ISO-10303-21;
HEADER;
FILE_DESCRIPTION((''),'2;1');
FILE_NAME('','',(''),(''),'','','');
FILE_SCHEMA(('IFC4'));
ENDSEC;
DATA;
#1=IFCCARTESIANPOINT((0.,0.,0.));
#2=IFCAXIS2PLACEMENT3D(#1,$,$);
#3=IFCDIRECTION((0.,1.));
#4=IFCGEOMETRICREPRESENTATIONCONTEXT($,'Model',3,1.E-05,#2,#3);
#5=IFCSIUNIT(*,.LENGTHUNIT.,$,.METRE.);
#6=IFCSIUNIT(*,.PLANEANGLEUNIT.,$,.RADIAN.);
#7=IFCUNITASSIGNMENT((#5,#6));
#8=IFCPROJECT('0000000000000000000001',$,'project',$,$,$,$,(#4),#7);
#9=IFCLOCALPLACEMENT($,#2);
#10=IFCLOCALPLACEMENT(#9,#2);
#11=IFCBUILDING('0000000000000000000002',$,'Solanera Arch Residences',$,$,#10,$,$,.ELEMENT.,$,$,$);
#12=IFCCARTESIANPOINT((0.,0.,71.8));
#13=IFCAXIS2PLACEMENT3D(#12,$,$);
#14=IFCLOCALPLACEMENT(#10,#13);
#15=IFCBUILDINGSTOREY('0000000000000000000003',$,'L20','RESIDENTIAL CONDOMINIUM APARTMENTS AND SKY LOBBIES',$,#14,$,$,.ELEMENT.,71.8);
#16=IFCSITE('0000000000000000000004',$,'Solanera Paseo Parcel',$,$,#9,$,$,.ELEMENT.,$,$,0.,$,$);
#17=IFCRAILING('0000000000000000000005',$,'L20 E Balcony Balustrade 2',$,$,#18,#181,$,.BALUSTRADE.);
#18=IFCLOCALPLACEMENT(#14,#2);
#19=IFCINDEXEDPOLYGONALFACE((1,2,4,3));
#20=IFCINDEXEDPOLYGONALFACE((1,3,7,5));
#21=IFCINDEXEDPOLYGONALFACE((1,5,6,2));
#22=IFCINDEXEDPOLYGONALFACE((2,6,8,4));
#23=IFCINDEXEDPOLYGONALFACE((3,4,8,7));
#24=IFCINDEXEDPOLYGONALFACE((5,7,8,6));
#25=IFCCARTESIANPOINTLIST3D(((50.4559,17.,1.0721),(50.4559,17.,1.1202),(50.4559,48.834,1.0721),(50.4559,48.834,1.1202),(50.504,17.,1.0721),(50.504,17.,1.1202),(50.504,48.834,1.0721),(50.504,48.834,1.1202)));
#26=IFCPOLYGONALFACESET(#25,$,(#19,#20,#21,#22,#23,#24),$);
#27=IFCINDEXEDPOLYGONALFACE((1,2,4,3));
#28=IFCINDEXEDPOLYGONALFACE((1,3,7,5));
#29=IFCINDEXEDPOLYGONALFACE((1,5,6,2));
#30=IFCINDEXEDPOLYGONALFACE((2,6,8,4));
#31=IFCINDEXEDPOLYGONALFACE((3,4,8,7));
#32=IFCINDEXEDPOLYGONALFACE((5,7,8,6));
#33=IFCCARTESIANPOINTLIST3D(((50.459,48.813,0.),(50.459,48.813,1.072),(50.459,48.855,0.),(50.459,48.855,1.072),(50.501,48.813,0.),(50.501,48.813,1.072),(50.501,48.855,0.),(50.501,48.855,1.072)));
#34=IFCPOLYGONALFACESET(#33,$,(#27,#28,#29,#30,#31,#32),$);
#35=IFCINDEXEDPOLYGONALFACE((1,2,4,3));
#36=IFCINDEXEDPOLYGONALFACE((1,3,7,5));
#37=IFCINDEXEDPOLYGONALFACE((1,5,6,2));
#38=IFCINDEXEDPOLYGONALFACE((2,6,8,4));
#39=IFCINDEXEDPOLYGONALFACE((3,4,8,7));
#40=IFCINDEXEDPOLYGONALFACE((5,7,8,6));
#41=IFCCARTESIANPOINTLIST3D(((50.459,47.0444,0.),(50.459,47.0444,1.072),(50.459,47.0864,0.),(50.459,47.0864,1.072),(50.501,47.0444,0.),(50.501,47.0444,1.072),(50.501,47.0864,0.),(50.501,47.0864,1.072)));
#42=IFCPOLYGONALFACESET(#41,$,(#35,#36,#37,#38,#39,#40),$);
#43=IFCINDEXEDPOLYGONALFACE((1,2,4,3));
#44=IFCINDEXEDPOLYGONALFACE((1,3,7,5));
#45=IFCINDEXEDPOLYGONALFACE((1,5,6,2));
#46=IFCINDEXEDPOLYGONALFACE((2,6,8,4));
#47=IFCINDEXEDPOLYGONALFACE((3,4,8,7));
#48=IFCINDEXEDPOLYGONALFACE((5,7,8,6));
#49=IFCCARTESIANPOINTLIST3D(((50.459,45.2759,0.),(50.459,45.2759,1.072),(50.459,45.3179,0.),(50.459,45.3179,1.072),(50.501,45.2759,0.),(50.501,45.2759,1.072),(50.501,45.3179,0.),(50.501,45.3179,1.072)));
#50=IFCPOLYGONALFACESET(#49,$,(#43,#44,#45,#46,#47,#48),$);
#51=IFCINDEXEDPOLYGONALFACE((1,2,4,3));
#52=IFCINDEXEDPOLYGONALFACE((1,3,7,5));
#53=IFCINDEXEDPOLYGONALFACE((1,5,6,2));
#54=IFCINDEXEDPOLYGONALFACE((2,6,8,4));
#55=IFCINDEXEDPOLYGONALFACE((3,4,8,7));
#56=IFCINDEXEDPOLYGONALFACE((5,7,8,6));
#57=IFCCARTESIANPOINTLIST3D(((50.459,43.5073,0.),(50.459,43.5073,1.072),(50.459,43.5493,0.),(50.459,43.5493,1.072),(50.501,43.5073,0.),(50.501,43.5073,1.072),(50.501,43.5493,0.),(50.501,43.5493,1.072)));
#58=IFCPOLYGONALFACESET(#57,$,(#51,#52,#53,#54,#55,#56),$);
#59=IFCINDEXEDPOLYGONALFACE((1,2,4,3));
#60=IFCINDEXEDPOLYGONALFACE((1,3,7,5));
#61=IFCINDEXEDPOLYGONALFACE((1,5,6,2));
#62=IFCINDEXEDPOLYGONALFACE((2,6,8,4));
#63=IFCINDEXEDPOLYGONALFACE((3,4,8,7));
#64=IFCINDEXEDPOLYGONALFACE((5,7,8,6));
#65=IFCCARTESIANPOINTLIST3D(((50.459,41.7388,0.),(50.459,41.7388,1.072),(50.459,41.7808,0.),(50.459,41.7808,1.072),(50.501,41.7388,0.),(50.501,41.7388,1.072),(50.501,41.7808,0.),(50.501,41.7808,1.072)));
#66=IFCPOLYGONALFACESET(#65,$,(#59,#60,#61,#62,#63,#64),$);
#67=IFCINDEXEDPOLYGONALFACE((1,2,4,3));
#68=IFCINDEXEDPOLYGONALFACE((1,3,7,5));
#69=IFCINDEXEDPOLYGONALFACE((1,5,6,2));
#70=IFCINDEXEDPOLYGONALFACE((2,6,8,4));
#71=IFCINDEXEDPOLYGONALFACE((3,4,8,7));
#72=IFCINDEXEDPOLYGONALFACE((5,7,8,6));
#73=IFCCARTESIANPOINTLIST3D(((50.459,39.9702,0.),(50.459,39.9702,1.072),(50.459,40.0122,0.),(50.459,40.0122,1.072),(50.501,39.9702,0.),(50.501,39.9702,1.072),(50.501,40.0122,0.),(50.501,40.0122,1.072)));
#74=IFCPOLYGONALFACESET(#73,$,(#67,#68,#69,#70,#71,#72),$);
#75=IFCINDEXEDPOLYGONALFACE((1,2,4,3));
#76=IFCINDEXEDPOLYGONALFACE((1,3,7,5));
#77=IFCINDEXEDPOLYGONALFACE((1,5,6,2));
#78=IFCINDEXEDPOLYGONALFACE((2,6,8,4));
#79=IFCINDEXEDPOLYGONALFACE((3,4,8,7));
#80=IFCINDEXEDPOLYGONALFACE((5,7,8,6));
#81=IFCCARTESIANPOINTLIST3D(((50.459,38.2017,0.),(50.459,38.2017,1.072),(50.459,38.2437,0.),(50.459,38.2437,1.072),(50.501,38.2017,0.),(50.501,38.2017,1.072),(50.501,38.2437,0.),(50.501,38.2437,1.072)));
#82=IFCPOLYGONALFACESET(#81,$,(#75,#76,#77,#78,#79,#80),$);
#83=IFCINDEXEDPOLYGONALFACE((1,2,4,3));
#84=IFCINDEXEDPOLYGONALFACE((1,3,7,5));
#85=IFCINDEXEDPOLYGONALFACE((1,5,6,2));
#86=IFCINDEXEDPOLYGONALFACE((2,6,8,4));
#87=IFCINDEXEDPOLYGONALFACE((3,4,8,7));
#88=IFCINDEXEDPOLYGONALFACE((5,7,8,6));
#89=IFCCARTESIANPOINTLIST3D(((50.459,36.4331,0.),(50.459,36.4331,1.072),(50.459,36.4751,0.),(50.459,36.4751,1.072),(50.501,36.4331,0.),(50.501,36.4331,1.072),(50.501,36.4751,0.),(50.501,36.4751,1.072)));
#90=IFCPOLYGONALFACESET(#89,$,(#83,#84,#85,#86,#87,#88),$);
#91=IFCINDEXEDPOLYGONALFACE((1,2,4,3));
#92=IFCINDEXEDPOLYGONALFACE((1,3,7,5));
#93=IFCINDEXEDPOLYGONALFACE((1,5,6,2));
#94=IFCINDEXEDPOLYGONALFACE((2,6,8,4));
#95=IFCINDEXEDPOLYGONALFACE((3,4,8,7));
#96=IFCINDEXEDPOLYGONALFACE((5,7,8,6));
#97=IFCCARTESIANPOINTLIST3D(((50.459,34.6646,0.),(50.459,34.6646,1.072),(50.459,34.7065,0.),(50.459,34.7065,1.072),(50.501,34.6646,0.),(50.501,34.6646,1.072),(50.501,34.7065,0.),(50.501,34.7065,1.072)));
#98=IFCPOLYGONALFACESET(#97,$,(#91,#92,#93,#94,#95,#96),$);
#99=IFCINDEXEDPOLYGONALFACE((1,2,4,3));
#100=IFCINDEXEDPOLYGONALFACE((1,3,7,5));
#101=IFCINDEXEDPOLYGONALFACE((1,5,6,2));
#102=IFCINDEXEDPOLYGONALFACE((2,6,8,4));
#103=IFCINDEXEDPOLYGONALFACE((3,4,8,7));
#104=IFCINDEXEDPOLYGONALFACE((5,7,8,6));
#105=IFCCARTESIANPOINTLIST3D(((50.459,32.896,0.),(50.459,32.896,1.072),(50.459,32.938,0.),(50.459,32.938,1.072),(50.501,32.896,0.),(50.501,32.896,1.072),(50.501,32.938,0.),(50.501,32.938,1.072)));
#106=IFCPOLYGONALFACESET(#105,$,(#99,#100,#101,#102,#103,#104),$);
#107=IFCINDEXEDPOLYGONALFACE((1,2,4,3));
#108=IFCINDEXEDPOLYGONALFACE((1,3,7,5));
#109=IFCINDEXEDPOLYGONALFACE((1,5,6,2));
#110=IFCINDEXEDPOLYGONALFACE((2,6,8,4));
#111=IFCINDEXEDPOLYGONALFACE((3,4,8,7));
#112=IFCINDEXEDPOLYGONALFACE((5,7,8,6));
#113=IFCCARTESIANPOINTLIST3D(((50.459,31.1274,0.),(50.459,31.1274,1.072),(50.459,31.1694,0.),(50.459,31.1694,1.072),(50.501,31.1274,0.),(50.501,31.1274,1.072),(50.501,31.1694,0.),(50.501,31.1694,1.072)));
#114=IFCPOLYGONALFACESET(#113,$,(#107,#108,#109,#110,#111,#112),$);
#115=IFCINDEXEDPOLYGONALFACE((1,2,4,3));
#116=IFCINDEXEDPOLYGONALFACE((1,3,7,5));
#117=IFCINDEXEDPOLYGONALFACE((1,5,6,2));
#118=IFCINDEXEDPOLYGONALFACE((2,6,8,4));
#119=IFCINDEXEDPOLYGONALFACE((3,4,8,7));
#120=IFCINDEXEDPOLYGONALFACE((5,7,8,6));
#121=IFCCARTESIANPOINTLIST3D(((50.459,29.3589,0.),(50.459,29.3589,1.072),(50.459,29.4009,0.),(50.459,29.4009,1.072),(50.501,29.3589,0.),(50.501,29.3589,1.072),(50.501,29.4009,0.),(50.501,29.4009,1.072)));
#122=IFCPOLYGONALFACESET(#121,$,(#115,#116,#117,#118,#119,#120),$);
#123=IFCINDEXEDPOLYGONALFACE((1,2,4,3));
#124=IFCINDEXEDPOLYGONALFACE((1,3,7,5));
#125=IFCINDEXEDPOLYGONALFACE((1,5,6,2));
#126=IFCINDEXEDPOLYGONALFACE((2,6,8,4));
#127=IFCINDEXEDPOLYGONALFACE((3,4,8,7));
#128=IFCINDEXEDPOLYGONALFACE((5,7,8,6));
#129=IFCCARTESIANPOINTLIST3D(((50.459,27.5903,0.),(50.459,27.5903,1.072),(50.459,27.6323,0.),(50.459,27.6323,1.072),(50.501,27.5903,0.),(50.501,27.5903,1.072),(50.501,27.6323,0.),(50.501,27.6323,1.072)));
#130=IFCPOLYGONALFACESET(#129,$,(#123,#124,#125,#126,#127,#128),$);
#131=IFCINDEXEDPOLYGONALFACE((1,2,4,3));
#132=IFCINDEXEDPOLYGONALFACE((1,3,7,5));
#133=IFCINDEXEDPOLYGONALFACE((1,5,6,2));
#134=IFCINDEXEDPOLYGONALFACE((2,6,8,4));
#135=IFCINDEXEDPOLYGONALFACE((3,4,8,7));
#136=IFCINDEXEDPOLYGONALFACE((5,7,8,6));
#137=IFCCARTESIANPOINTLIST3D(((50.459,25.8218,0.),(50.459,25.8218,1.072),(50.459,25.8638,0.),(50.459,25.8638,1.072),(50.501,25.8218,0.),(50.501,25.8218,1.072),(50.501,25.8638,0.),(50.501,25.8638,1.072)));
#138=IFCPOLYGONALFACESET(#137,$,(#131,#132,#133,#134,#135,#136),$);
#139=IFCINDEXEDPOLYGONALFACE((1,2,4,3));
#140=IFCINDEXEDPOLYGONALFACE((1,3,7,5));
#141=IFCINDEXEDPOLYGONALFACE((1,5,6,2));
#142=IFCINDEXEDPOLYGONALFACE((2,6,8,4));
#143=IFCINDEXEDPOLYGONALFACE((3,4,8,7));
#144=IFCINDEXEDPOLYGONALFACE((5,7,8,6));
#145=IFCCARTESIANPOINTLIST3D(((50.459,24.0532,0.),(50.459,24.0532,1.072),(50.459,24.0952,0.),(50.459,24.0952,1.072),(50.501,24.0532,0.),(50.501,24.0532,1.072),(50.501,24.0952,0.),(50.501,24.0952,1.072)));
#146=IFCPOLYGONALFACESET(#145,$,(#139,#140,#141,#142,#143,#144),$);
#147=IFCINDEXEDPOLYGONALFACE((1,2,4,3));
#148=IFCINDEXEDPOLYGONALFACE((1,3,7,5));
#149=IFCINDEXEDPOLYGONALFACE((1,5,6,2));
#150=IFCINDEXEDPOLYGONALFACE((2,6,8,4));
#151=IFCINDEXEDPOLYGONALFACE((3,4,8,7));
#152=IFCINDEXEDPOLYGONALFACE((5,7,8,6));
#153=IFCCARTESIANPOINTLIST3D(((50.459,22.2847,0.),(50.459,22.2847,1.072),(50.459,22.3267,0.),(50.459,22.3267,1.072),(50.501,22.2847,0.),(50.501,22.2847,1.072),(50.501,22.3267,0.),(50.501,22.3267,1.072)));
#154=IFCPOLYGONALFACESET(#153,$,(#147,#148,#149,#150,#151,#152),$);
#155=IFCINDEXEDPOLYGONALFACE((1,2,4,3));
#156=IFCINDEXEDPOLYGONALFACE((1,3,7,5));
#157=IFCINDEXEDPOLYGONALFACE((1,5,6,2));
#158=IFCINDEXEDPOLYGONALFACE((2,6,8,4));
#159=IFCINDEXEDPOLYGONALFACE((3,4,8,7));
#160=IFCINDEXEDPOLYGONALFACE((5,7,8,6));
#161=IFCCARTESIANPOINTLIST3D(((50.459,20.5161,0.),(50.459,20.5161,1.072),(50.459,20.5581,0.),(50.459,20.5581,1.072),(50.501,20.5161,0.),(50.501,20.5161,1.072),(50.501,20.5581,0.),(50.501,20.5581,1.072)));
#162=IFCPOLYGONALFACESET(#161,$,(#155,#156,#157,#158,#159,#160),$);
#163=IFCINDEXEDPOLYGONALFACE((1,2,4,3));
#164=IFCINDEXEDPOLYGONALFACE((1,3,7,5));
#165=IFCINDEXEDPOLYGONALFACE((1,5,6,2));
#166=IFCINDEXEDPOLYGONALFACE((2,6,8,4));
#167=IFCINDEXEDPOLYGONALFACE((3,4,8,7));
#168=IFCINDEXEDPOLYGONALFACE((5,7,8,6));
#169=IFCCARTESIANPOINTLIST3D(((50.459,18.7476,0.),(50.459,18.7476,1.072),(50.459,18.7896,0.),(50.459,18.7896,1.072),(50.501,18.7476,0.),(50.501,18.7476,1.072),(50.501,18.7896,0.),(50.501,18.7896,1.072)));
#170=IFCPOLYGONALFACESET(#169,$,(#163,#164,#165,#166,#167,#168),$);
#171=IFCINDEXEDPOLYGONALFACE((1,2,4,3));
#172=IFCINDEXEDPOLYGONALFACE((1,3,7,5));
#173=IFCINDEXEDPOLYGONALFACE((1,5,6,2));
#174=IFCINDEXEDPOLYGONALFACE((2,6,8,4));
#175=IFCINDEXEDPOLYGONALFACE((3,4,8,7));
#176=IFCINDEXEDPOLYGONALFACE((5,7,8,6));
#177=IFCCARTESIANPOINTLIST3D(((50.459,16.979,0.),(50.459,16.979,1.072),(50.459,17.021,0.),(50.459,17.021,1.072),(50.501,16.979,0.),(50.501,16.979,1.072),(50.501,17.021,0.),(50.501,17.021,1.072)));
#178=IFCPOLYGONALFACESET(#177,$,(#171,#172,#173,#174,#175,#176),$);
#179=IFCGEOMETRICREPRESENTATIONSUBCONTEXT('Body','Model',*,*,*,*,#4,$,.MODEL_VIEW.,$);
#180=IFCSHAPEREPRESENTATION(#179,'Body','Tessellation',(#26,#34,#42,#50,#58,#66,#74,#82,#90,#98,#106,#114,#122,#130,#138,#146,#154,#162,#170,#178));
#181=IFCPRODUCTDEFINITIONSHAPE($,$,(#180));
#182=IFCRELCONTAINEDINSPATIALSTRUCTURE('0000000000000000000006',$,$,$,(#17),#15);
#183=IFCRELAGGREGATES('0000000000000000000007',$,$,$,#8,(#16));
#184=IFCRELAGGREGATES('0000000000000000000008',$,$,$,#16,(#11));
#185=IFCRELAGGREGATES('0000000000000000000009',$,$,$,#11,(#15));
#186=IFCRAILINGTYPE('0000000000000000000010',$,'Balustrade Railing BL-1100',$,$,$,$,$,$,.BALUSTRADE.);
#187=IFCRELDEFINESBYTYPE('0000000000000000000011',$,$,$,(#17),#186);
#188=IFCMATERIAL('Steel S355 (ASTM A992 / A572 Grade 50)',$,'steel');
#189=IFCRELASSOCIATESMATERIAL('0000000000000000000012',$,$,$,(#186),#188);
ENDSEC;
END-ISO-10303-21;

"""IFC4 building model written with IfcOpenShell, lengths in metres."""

from ifc_helpers import new_model, si_unit, direction, frame, origin, origin_2d, place, context, subcontext, project, spatial, rectangle, extrude, material, type_object, element, save


model = new_model("IFC4")

# Units and contexts
model_context = context("Model", 3, precision=1e-05, world=origin(), true_north=direction((0.0, 1.0)))
body_context = subcontext(model_context, "Body", "Model", "MODEL_VIEW")
ifc_project = project(units=[si_unit("LENGTHUNIT", "METRE"), si_unit("PLANEANGLEUNIT", "RADIAN")], contexts=[model_context])

# Site, building, storey
site_placement = place(None, origin())
site = spatial("IfcSite", under=ifc_project, at=site_placement, Name="Solanera Paseo Parcel", CompositionType="ELEMENT", RefElevation=0.0)
building_placement = place(site_placement, origin())
building = spatial("IfcBuilding", under=site, at=building_placement, Name="Solanera Arch Residences", CompositionType="ELEMENT")
storey_placement = place(building_placement, frame((0.0, 0.0, 71.8)))
storey = spatial("IfcBuildingStorey", under=building, at=storey_placement, Name="L20", Description="RESIDENTIAL CONDOMINIUM APARTMENTS AND SKY LOBBIES", CompositionType="ELEMENT", Elevation=71.8)

# Railing
ifc_material_1 = material(Name="Steel S355 (ASTM A992 / A572 Grade 50)", Category="steel")
railing_type = type_object("IfcRailingType", Name="Balustrade Railing BL-1100", PredefinedType="BALUSTRADE", material=ifc_material_1)
railing_1_placement = place(storey_placement, frame((50.48, 48.834, 0.0)))
element("IfcRailing", 1, at=railing_1_placement, inside=storey, type_object=railing_type, Name="L20 E Balcony Balustrade 2", PredefinedType="BALUSTRADE", context=body_context, shape_type="SweptSolid", body=[
    extrude(rectangle(XDim=0.0481, YDim=0.0481, at=origin_2d()), frame((0.0, 0.0, 1.0962), z_axis=(0.0, -1.0, 0.0), x_axis=(1.0, 0.0, 0.0)), (0.0, 0.0, 1.0), 31.834),
    extrude(rectangle(XDim=0.042, YDim=0.042, at=origin_2d()), origin(), (0.0, 0.0, 1.0), 1.072),
    extrude(rectangle(XDim=0.042, YDim=0.042, at=origin_2d()), frame((0.0, -1.7686, 0.0)), (0.0, 0.0, 1.0), 1.072),
    extrude(rectangle(XDim=0.042, YDim=0.042, at=origin_2d()), frame((0.0, -3.5371, 0.0)), (0.0, 0.0, 1.0), 1.072),
    extrude(rectangle(XDim=0.042, YDim=0.042, at=origin_2d()), frame((0.0, -5.3057, 0.0)), (0.0, 0.0, 1.0), 1.072),
    extrude(rectangle(XDim=0.042, YDim=0.042, at=origin_2d()), frame((0.0, -7.0742, 0.0)), (0.0, 0.0, 1.0), 1.072),
    extrude(rectangle(XDim=0.042, YDim=0.042, at=origin_2d()), frame((0.0, -8.8428, 0.0)), (0.0, 0.0, 1.0), 1.072),
    extrude(rectangle(XDim=0.042, YDim=0.042, at=origin_2d()), frame((0.0, -10.6113, 0.0)), (0.0, 0.0, 1.0), 1.072),
    extrude(rectangle(XDim=0.042, YDim=0.042, at=origin_2d()), frame((0.0, -12.3799, 0.0)), (0.0, 0.0, 1.0), 1.072),
    extrude(rectangle(XDim=0.042, YDim=0.042, at=origin_2d()), frame((0.0, -14.1484, 0.0)), (0.0, 0.0, 1.0), 1.072),
    extrude(rectangle(XDim=0.042, YDim=0.042, at=origin_2d()), frame((0.0, -15.917, 0.0)), (0.0, 0.0, 1.0), 1.072),
    extrude(rectangle(XDim=0.042, YDim=0.042, at=origin_2d()), frame((0.0, -17.6855, 0.0)), (0.0, 0.0, 1.0), 1.072),
    extrude(rectangle(XDim=0.042, YDim=0.042, at=origin_2d()), frame((0.0, -19.4541, 0.0)), (0.0, 0.0, 1.0), 1.072),
    extrude(rectangle(XDim=0.042, YDim=0.042, at=origin_2d()), frame((0.0, -21.2227, 0.0)), (0.0, 0.0, 1.0), 1.072),
    extrude(rectangle(XDim=0.042, YDim=0.042, at=origin_2d()), frame((0.0, -22.9912, 0.0)), (0.0, 0.0, 1.0), 1.072),
    extrude(rectangle(XDim=0.042, YDim=0.042, at=origin_2d()), frame((0.0, -24.7598, 0.0)), (0.0, 0.0, 1.0), 1.072),
    extrude(rectangle(XDim=0.042, YDim=0.042, at=origin_2d()), frame((0.0, -26.5283, 0.0)), (0.0, 0.0, 1.0), 1.072),
    extrude(rectangle(XDim=0.042, YDim=0.042, at=origin_2d()), frame((0.0, -28.2969, 0.0)), (0.0, 0.0, 1.0), 1.072),
    extrude(rectangle(XDim=0.042, YDim=0.042, at=origin_2d()), frame((0.0, -30.0654, 0.0)), (0.0, 0.0, 1.0), 1.072),
    extrude(rectangle(XDim=0.042, YDim=0.042, at=origin_2d()), frame((0.0, -31.834, 0.0)), (0.0, 0.0, 1.0), 1.072),
])

save(model, "model.ifc")
